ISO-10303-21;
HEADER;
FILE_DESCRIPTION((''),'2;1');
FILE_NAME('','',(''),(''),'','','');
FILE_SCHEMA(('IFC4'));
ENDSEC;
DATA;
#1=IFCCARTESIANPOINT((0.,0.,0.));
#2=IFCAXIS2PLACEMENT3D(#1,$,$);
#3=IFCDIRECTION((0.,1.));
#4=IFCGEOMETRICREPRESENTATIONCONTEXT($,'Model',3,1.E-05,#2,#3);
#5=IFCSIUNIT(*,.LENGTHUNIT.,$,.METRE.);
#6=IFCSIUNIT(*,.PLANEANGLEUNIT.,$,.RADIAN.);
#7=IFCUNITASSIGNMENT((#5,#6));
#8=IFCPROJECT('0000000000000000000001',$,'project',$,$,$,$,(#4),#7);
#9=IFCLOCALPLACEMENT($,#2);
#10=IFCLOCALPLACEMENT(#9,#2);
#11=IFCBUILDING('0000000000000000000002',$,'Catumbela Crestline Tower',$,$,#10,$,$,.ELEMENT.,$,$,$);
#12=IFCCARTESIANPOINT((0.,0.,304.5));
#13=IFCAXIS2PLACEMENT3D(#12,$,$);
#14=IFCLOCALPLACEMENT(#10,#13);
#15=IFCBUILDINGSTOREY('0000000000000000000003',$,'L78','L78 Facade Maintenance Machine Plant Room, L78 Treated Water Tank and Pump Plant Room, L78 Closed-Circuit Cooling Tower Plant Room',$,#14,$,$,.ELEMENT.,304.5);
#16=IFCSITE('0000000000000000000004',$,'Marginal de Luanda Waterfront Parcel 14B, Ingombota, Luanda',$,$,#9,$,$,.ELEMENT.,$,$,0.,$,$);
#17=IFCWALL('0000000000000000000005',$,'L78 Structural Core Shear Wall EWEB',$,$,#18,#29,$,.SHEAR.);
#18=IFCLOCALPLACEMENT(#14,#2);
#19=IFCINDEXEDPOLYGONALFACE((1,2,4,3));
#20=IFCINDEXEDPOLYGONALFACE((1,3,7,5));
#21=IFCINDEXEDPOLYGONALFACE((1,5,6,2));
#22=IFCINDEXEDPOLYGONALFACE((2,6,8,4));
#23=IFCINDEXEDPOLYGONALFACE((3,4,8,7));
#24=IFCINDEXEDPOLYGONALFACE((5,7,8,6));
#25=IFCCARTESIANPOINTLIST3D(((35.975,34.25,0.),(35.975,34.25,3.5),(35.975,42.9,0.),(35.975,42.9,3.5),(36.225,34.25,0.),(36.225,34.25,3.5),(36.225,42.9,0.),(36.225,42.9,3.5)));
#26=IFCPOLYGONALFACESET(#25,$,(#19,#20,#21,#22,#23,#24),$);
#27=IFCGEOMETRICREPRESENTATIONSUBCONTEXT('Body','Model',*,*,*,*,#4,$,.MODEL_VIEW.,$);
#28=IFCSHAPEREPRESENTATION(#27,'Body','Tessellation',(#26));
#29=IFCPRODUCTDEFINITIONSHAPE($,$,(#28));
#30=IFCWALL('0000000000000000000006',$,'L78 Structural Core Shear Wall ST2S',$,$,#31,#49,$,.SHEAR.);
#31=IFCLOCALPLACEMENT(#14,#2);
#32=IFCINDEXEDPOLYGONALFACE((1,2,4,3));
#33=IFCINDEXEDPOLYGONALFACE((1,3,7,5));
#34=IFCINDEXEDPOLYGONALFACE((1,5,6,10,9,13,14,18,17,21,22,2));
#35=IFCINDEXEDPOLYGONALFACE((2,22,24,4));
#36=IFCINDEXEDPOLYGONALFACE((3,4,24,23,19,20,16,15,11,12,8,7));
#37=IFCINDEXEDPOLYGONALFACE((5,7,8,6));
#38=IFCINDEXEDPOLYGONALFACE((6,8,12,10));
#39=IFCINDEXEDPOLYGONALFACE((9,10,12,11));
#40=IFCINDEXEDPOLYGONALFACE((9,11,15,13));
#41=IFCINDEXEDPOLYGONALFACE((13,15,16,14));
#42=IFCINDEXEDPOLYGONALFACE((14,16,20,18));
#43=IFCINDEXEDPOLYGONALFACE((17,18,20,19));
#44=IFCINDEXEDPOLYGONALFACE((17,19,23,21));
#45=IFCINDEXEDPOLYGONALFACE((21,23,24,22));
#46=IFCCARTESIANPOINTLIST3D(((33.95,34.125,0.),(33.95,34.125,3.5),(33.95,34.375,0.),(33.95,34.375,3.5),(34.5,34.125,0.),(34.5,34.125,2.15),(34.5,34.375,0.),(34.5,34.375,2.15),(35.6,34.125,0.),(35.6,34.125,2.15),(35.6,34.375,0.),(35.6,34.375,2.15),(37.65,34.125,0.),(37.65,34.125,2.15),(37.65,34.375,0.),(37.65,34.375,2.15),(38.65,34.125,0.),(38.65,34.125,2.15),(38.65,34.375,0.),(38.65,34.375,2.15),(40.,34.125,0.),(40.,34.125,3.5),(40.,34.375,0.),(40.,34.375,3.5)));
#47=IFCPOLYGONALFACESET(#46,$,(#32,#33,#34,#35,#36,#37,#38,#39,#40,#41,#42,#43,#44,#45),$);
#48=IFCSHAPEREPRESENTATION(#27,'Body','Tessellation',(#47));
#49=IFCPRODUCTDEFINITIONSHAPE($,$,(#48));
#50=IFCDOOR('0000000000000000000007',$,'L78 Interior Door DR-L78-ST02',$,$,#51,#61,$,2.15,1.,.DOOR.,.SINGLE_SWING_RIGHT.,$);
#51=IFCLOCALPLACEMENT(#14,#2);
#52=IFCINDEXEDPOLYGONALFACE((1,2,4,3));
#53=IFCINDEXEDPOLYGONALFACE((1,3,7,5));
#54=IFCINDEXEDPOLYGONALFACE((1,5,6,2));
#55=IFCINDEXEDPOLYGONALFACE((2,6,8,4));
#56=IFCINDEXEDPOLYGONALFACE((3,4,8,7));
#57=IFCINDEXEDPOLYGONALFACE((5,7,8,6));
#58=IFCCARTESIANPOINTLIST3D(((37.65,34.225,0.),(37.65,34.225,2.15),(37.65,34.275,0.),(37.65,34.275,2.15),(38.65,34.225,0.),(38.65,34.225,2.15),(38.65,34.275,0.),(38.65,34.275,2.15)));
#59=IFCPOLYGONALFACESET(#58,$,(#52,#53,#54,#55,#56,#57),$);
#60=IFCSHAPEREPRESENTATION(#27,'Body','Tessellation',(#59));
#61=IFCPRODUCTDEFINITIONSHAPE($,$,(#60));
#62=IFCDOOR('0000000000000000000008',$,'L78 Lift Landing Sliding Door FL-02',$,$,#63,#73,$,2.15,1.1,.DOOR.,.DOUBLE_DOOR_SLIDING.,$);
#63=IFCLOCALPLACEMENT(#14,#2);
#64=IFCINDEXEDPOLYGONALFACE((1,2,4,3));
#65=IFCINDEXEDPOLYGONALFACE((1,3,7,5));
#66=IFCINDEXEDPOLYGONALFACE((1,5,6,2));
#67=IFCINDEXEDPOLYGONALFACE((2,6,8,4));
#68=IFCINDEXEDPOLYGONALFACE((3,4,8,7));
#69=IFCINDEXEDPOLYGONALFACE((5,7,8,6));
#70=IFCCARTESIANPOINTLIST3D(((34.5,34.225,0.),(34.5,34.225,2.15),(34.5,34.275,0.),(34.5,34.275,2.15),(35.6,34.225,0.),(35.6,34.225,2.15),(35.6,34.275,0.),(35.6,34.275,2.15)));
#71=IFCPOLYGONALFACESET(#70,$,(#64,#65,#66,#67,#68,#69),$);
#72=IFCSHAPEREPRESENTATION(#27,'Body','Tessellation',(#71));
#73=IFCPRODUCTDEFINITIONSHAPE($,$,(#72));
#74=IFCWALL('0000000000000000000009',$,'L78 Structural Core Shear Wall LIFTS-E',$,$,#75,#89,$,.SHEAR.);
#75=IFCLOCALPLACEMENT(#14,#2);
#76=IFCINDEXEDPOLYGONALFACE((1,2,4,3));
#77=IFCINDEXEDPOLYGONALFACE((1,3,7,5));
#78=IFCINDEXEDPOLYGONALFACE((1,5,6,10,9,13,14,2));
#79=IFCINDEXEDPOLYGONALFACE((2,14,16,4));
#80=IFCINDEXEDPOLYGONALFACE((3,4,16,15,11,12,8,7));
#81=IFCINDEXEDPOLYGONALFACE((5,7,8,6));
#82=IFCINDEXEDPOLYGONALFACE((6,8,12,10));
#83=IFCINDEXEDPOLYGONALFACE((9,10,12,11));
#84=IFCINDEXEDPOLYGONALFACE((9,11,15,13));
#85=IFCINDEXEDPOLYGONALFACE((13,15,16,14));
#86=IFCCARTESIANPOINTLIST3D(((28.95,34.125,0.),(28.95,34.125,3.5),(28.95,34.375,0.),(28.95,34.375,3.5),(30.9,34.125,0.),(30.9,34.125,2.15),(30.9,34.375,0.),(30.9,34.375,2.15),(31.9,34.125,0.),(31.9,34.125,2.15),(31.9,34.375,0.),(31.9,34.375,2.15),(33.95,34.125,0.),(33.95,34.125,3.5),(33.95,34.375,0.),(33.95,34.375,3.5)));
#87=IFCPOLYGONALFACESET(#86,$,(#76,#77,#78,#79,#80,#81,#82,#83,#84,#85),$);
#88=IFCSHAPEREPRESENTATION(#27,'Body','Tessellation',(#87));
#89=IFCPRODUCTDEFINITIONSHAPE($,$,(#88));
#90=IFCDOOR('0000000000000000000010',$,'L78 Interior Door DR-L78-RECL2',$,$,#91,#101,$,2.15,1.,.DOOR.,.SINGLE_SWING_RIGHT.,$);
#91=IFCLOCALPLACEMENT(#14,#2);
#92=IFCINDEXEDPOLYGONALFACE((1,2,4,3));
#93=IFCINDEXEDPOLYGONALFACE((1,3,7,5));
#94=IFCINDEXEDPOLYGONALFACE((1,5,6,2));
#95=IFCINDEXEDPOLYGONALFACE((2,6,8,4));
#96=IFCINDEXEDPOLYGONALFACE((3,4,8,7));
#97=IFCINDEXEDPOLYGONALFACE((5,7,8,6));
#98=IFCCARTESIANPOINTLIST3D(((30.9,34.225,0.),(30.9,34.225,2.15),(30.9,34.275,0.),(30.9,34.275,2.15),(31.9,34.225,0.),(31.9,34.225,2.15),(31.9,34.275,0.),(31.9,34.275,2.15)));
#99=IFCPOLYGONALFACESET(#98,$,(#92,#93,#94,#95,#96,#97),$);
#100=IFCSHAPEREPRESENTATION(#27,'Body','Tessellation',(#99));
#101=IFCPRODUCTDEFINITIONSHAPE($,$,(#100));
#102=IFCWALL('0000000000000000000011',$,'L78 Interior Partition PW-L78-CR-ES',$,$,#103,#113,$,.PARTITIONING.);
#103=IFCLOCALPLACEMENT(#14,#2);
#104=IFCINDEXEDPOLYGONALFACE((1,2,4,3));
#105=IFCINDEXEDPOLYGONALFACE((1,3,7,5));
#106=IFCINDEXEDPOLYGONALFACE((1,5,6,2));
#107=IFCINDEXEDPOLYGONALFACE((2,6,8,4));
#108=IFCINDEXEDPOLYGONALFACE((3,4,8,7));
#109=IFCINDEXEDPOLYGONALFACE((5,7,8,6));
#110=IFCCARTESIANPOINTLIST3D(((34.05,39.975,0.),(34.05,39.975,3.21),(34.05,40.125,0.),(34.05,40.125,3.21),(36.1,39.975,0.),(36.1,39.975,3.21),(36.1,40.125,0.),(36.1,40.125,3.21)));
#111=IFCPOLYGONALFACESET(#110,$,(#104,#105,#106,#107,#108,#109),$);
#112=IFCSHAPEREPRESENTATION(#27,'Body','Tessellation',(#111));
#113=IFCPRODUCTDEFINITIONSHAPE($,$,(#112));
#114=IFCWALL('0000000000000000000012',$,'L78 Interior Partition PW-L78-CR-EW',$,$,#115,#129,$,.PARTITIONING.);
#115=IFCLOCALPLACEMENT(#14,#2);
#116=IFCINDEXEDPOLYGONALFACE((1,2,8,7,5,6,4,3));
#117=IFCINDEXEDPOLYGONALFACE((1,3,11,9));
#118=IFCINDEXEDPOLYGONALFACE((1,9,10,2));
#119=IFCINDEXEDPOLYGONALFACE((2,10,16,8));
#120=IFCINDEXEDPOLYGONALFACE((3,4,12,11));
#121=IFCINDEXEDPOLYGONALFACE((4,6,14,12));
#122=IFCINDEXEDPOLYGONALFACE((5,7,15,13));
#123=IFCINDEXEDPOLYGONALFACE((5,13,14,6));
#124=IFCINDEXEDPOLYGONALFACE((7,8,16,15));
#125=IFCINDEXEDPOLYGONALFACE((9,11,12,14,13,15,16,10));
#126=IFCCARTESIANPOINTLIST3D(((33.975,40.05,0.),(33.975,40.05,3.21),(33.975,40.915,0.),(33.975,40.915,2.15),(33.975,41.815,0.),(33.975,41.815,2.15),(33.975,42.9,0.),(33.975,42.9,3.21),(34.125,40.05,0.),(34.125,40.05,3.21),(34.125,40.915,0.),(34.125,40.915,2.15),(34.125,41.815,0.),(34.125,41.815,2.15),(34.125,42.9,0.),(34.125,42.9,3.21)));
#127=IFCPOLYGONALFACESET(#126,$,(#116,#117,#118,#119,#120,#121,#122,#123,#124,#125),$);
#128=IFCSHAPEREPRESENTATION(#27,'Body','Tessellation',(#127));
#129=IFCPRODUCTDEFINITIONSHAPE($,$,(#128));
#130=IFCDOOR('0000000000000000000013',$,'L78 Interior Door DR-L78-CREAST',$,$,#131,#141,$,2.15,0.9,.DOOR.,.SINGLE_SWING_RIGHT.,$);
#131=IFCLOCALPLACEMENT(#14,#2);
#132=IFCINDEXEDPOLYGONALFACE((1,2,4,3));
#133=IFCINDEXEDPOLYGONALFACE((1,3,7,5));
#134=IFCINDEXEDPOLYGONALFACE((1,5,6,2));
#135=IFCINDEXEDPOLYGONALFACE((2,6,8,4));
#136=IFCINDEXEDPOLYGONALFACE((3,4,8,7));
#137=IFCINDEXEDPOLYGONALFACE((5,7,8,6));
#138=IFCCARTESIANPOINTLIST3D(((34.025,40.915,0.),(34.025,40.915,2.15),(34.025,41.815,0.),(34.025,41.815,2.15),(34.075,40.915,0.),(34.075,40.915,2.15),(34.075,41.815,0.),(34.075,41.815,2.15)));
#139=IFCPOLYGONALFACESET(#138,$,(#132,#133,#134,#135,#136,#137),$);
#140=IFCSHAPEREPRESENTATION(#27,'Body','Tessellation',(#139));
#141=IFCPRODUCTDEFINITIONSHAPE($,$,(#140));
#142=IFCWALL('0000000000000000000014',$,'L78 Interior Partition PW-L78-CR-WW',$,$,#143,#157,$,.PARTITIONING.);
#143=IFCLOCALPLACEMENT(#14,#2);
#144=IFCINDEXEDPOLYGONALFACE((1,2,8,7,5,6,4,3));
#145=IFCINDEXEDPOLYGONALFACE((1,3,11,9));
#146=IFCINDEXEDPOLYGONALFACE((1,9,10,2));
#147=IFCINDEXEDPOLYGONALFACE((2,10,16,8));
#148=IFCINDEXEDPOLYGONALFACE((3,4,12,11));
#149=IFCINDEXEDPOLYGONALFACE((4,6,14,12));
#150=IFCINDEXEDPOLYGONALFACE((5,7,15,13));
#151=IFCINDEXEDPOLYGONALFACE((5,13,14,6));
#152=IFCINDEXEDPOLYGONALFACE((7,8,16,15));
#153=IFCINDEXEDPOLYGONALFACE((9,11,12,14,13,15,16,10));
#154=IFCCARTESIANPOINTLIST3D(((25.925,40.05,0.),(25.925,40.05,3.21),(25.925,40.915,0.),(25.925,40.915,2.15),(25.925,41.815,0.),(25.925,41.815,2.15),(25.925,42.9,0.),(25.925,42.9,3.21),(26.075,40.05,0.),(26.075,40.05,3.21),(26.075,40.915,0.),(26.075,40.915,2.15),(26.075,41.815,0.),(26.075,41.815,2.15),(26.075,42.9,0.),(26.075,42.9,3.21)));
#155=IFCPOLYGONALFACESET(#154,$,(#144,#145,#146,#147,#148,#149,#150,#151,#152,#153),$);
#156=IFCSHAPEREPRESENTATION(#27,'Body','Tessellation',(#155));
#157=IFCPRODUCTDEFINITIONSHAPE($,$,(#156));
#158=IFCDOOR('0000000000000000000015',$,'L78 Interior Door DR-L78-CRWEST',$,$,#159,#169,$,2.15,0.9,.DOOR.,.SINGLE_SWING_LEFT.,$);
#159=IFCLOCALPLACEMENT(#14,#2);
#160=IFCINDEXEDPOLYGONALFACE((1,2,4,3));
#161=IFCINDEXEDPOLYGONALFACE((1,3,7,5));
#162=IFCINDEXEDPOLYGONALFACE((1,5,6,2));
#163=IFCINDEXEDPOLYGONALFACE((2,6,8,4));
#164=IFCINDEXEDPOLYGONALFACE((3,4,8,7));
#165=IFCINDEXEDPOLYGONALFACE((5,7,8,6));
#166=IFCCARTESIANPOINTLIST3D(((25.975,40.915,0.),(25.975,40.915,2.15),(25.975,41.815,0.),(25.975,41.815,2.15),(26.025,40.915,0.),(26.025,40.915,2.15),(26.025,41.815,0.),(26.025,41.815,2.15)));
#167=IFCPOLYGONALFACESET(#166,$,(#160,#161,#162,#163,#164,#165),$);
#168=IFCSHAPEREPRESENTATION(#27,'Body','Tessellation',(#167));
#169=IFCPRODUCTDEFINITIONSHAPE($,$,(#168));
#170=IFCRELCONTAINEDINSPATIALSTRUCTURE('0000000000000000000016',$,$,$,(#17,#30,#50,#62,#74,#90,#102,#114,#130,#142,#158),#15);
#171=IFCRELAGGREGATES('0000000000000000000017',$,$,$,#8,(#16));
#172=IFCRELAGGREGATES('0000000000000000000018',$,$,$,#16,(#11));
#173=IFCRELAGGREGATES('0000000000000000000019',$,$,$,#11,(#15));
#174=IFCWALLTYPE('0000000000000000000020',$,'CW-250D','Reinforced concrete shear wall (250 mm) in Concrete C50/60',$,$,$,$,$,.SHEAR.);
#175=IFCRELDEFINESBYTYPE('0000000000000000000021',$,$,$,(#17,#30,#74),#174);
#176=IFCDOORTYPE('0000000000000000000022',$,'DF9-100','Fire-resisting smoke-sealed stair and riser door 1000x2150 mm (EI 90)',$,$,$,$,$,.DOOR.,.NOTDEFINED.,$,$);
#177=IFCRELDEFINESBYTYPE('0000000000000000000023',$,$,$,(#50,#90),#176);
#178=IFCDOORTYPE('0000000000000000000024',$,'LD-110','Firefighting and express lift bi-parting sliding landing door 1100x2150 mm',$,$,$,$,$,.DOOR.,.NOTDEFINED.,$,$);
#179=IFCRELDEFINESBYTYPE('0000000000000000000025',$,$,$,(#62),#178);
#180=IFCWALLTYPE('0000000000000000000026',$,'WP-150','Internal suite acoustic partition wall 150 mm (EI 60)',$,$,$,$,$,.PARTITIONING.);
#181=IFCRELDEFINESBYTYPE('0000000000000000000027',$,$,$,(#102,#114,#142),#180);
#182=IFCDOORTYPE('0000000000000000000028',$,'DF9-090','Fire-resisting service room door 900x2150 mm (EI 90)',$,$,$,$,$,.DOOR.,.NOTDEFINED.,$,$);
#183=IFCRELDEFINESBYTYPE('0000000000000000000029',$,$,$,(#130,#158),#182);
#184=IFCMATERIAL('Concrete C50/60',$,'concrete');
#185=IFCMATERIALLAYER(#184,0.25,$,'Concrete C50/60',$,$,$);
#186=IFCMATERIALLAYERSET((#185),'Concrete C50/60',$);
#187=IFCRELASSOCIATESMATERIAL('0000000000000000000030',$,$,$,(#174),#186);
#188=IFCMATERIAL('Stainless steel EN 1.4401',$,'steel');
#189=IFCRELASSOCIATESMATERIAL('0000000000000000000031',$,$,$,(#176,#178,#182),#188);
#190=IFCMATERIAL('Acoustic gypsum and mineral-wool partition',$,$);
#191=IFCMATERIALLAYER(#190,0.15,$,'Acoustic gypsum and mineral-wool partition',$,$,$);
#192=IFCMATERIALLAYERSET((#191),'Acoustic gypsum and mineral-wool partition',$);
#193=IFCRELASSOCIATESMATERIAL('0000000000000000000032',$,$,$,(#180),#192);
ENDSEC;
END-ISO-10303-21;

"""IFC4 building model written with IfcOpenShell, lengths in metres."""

from ifc_helpers import new_model, si_unit, direction, frame, frame_2d, origin, place, context, subcontext, project, spatial, rectangle, extrude, material, layer, layer_set, type_object, element, fill, save


model = new_model("IFC4")

# Units and contexts
model_context = context("Model", 3, precision=1e-05, world=origin(), true_north=direction((0.0, 1.0)))
body_context = subcontext(model_context, "Body", "Model", "MODEL_VIEW")
ifc_project = project(units=[si_unit("LENGTHUNIT", "METRE"), si_unit("PLANEANGLEUNIT", "RADIAN")], contexts=[model_context])

# Site, building, storey
site_placement = place(None, origin())
site = spatial("IfcSite", under=ifc_project, at=site_placement, Name="Marginal de Luanda Waterfront Parcel 14B, Ingombota, Luanda", CompositionType="ELEMENT", RefElevation=0.0)
building_placement = place(site_placement, origin())
building = spatial("IfcBuilding", under=site, at=building_placement, Name="Catumbela Crestline Tower", CompositionType="ELEMENT")
storey_placement = place(building_placement, frame((0.0, 0.0, 304.5)))
storey = spatial("IfcBuildingStorey", under=building, at=storey_placement, Name="L78", Description="L78 Facade Maintenance Machine Plant Room, L78 Treated Water Tank and Pump Plant Room, L78 Closed-Circuit Cooling Tower Plant Room", CompositionType="ELEMENT", Elevation=304.5)

# Wall
ifc_material_1 = material(Name="Concrete C50/60", Category="concrete")
ifc_layer_1 = layer(ifc_material_1, 0.25, Name="Concrete C50/60")
ifc_layer_set_1 = layer_set([ifc_layer_1], Name="Concrete C50/60")
wall_type_1 = type_object("IfcWallType", Name="CW-250D", Description="Reinforced concrete shear wall (250 mm) in Concrete C50/60", PredefinedType="SHEAR", material=ifc_layer_set_1)
wall_1_placement = place(storey_placement, frame((36.1, 34.25, 0.0), z_axis=(0.0, 0.0, 1.0), x_axis=(0.0, 1.0, 0.0)))
element("IfcWall", 1, at=wall_1_placement, inside=storey, type_object=wall_type_1, Name="L78 Structural Core Shear Wall EWEB", PredefinedType="SHEAR", context=body_context, shape_type="SweptSolid", body=[
    extrude(rectangle(XDim=8.65, YDim=0.25, at=frame_2d((4.325, 0.0))), origin(), (0.0, 0.0, 1.0), 3.5),
])

# Wall, openings, doors
wall_2_placement = place(storey_placement, frame((33.95, 34.25, 0.0), z_axis=(0.0, 0.0, 1.0), x_axis=(1.0, 0.0, 0.0)))
wall_2 = element("IfcWall", 2, at=wall_2_placement, inside=storey, type_object=wall_type_1, Name="L78 Structural Core Shear Wall ST2S", PredefinedType="SHEAR", context=body_context, shape_type="SweptSolid", body=[
    extrude(rectangle(XDim=6.05, YDim=0.25, at=frame_2d((3.025, 0.0))), origin(), (0.0, 0.0, 1.0), 3.5),
])
opening_1_placement = place(wall_2_placement, frame((3.7, 0.0, 0.0)))
opening_1 = element("IfcOpeningElement", 3, at=opening_1_placement, cuts=wall_2, PredefinedType="OPENING", context=body_context, shape_type="SweptSolid", body=[
    extrude(rectangle(XDim=1.0, YDim=2.15, at=frame_2d((0.5, 1.075))), frame((0.0, 0.135, 0.0), z_axis=(0.0, -1.0, 0.0), x_axis=(1.0, 0.0, 0.0)), (0.0, 0.0, 1.0), 0.27),
])
opening_2_placement = place(wall_2_placement, frame((0.55, 0.0, 0.0)))
opening_2 = element("IfcOpeningElement", 4, at=opening_2_placement, cuts=wall_2, PredefinedType="OPENING", context=body_context, shape_type="SweptSolid", body=[
    extrude(rectangle(XDim=1.1, YDim=2.15, at=frame_2d((0.55, 1.075))), frame((0.0, 0.135, 0.0), z_axis=(0.0, -1.0, 0.0), x_axis=(1.0, 0.0, 0.0)), (0.0, 0.0, 1.0), 0.27),
])
ifc_material_2 = material(Name="Stainless steel EN 1.4401", Category="steel")
door_type_1 = type_object("IfcDoorType", Name="DF9-100", Description="Fire-resisting smoke-sealed stair and riser door 1000x2150 mm (EI 90)", OperationType="NOTDEFINED", PredefinedType="DOOR", material=ifc_material_2)
door_1_placement = place(opening_1_placement, origin())
door_1 = element("IfcDoor", 5, at=door_1_placement, inside=storey, type_object=door_type_1, Name="L78 Interior Door DR-L78-ST02", OperationType="SINGLE_SWING_RIGHT", OverallHeight=2.15, OverallWidth=1.0, PredefinedType="DOOR", context=body_context, shape_type="SweptSolid", body=[
    extrude(rectangle(XDim=1.0, YDim=2.15, at=frame_2d((0.5, 1.075))), frame((0.0, 0.025, 0.0), z_axis=(0.0, -1.0, 0.0), x_axis=(1.0, 0.0, 0.0)), (0.0, 0.0, 1.0), 0.05),
])
fill(opening_1, door_1)
door_type_2 = type_object("IfcDoorType", Name="LD-110", Description="Firefighting and express lift bi-parting sliding landing door 1100x2150 mm", OperationType="NOTDEFINED", PredefinedType="DOOR", material=ifc_material_2)
door_2_placement = place(opening_2_placement, origin())
door_2 = element("IfcDoor", 6, at=door_2_placement, inside=storey, type_object=door_type_2, Name="L78 Lift Landing Sliding Door FL-02", OperationType="DOUBLE_DOOR_SLIDING", OverallHeight=2.15, OverallWidth=1.1, PredefinedType="DOOR", context=body_context, shape_type="SweptSolid", body=[
    extrude(rectangle(XDim=1.1, YDim=2.15, at=frame_2d((0.55, 1.075))), frame((0.0, 0.025, 0.0), z_axis=(0.0, -1.0, 0.0), x_axis=(1.0, 0.0, 0.0)), (0.0, 0.0, 1.0), 0.05),
])
fill(opening_2, door_2)

# Wall, opening, door
wall_3_placement = place(storey_placement, frame((28.95, 34.25, 0.0), z_axis=(0.0, 0.0, 1.0), x_axis=(1.0, 0.0, 0.0)))
wall_3 = element("IfcWall", 7, at=wall_3_placement, inside=storey, type_object=wall_type_1, Name="L78 Structural Core Shear Wall LIFTS-E", PredefinedType="SHEAR", context=body_context, shape_type="SweptSolid", body=[
    extrude(rectangle(XDim=5.0, YDim=0.25, at=frame_2d((2.5, 0.0))), origin(), (0.0, 0.0, 1.0), 3.5),
])
opening_3_placement = place(wall_3_placement, frame((1.95, 0.0, 0.0)))
opening_3 = element("IfcOpeningElement", 8, at=opening_3_placement, cuts=wall_3, PredefinedType="OPENING", context=body_context, shape_type="SweptSolid", body=[
    extrude(rectangle(XDim=1.0, YDim=2.15, at=frame_2d((0.5, 1.075))), frame((0.0, 0.135, 0.0), z_axis=(0.0, -1.0, 0.0), x_axis=(1.0, 0.0, 0.0)), (0.0, 0.0, 1.0), 0.27),
])
door_3_placement = place(opening_3_placement, origin())
door_3 = element("IfcDoor", 9, at=door_3_placement, inside=storey, type_object=door_type_1, Name="L78 Interior Door DR-L78-RECL2", OperationType="SINGLE_SWING_RIGHT", OverallHeight=2.15, OverallWidth=1.0, PredefinedType="DOOR", context=body_context, shape_type="SweptSolid", body=[
    extrude(rectangle(XDim=1.0, YDim=2.15, at=frame_2d((0.5, 1.075))), frame((0.0, 0.025, 0.0), z_axis=(0.0, -1.0, 0.0), x_axis=(1.0, 0.0, 0.0)), (0.0, 0.0, 1.0), 0.05),
])
fill(opening_3, door_3)

# Wall
ifc_material_3 = material(Name="Acoustic gypsum and mineral-wool partition")
ifc_layer_2 = layer(ifc_material_3, 0.15, Name="Acoustic gypsum and mineral-wool partition")
ifc_layer_set_2 = layer_set([ifc_layer_2], Name="Acoustic gypsum and mineral-wool partition")
wall_type_2 = type_object("IfcWallType", Name="WP-150", Description="Internal suite acoustic partition wall 150 mm (EI 60)", PredefinedType="PARTITIONING", material=ifc_layer_set_2)
wall_4_placement = place(storey_placement, frame((34.05, 40.05, 0.0), z_axis=(0.0, 0.0, 1.0), x_axis=(1.0, 0.0, 0.0)))
element("IfcWall", 10, at=wall_4_placement, inside=storey, type_object=wall_type_2, Name="L78 Interior Partition PW-L78-CR-ES", PredefinedType="PARTITIONING", context=body_context, shape_type="SweptSolid", body=[
    extrude(rectangle(XDim=2.05, YDim=0.15, at=frame_2d((1.025, 0.0))), origin(), (0.0, 0.0, 1.0), 3.21),
])

# Walls, openings, doors
wall_5_placement = place(storey_placement, frame((34.05, 40.05, 0.0), z_axis=(0.0, 0.0, 1.0), x_axis=(0.0, 1.0, 0.0)))
wall_5 = element("IfcWall", 11, at=wall_5_placement, inside=storey, type_object=wall_type_2, Name="L78 Interior Partition PW-L78-CR-EW", PredefinedType="PARTITIONING", context=body_context, shape_type="SweptSolid", body=[
    extrude(rectangle(XDim=2.85, YDim=0.15, at=frame_2d((1.425, 0.0))), origin(), (0.0, 0.0, 1.0), 3.21),
])
opening_4_placement = place(wall_5_placement, frame((0.865, 0.0, 0.0)))
opening_4 = element("IfcOpeningElement", 12, at=opening_4_placement, cuts=wall_5, PredefinedType="OPENING", context=body_context, shape_type="SweptSolid", body=[
    extrude(rectangle(XDim=0.9, YDim=2.15, at=frame_2d((0.45, 1.075))), frame((0.0, 0.085, 0.0), z_axis=(0.0, -1.0, 0.0), x_axis=(1.0, 0.0, 0.0)), (0.0, 0.0, 1.0), 0.17),
])
door_type_3 = type_object("IfcDoorType", Name="DF9-090", Description="Fire-resisting service room door 900x2150 mm (EI 90)", OperationType="NOTDEFINED", PredefinedType="DOOR", material=ifc_material_2)
door_4_placement = place(opening_4_placement, origin())
door_4 = element("IfcDoor", 13, at=door_4_placement, inside=storey, type_object=door_type_3, Name="L78 Interior Door DR-L78-CREAST", OperationType="SINGLE_SWING_RIGHT", OverallHeight=2.15, OverallWidth=0.9, PredefinedType="DOOR", context=body_context, shape_type="SweptSolid", body=[
    extrude(rectangle(XDim=0.9, YDim=2.15, at=frame_2d((0.45, 1.075))), frame((0.0, 0.025, 0.0), z_axis=(0.0, -1.0, 0.0), x_axis=(1.0, 0.0, 0.0)), (0.0, 0.0, 1.0), 0.05),
])
fill(opening_4, door_4)
wall_6_placement = place(storey_placement, frame((26.0, 40.05, 0.0), z_axis=(0.0, 0.0, 1.0), x_axis=(0.0, 1.0, 0.0)))
wall_6 = element("IfcWall", 14, at=wall_6_placement, inside=storey, type_object=wall_type_2, Name="L78 Interior Partition PW-L78-CR-WW", PredefinedType="PARTITIONING", context=body_context, shape_type="SweptSolid", body=[
    extrude(rectangle(XDim=2.85, YDim=0.15, at=frame_2d((1.425, 0.0))), origin(), (0.0, 0.0, 1.0), 3.21),
])
opening_5_placement = place(wall_6_placement, frame((0.865, 0.0, 0.0)))
opening_5 = element("IfcOpeningElement", 15, at=opening_5_placement, cuts=wall_6, PredefinedType="OPENING", context=body_context, shape_type="SweptSolid", body=[
    extrude(rectangle(XDim=0.9, YDim=2.15, at=frame_2d((0.45, 1.075))), frame((0.0, 0.085, 0.0), z_axis=(0.0, -1.0, 0.0), x_axis=(1.0, 0.0, 0.0)), (0.0, 0.0, 1.0), 0.17),
])
door_5_placement = place(opening_5_placement, origin())
door_5 = element("IfcDoor", 16, at=door_5_placement, inside=storey, type_object=door_type_3, Name="L78 Interior Door DR-L78-CRWEST", OperationType="SINGLE_SWING_LEFT", OverallHeight=2.15, OverallWidth=0.9, PredefinedType="DOOR", context=body_context, shape_type="SweptSolid", body=[
    extrude(rectangle(XDim=0.9, YDim=2.15, at=frame_2d((0.45, 1.075))), frame((0.0, 0.025, 0.0), z_axis=(0.0, -1.0, 0.0), x_axis=(1.0, 0.0, 0.0)), (0.0, 0.0, 1.0), 0.05),
])
fill(opening_5, door_5)

save(model, "model.ifc")
